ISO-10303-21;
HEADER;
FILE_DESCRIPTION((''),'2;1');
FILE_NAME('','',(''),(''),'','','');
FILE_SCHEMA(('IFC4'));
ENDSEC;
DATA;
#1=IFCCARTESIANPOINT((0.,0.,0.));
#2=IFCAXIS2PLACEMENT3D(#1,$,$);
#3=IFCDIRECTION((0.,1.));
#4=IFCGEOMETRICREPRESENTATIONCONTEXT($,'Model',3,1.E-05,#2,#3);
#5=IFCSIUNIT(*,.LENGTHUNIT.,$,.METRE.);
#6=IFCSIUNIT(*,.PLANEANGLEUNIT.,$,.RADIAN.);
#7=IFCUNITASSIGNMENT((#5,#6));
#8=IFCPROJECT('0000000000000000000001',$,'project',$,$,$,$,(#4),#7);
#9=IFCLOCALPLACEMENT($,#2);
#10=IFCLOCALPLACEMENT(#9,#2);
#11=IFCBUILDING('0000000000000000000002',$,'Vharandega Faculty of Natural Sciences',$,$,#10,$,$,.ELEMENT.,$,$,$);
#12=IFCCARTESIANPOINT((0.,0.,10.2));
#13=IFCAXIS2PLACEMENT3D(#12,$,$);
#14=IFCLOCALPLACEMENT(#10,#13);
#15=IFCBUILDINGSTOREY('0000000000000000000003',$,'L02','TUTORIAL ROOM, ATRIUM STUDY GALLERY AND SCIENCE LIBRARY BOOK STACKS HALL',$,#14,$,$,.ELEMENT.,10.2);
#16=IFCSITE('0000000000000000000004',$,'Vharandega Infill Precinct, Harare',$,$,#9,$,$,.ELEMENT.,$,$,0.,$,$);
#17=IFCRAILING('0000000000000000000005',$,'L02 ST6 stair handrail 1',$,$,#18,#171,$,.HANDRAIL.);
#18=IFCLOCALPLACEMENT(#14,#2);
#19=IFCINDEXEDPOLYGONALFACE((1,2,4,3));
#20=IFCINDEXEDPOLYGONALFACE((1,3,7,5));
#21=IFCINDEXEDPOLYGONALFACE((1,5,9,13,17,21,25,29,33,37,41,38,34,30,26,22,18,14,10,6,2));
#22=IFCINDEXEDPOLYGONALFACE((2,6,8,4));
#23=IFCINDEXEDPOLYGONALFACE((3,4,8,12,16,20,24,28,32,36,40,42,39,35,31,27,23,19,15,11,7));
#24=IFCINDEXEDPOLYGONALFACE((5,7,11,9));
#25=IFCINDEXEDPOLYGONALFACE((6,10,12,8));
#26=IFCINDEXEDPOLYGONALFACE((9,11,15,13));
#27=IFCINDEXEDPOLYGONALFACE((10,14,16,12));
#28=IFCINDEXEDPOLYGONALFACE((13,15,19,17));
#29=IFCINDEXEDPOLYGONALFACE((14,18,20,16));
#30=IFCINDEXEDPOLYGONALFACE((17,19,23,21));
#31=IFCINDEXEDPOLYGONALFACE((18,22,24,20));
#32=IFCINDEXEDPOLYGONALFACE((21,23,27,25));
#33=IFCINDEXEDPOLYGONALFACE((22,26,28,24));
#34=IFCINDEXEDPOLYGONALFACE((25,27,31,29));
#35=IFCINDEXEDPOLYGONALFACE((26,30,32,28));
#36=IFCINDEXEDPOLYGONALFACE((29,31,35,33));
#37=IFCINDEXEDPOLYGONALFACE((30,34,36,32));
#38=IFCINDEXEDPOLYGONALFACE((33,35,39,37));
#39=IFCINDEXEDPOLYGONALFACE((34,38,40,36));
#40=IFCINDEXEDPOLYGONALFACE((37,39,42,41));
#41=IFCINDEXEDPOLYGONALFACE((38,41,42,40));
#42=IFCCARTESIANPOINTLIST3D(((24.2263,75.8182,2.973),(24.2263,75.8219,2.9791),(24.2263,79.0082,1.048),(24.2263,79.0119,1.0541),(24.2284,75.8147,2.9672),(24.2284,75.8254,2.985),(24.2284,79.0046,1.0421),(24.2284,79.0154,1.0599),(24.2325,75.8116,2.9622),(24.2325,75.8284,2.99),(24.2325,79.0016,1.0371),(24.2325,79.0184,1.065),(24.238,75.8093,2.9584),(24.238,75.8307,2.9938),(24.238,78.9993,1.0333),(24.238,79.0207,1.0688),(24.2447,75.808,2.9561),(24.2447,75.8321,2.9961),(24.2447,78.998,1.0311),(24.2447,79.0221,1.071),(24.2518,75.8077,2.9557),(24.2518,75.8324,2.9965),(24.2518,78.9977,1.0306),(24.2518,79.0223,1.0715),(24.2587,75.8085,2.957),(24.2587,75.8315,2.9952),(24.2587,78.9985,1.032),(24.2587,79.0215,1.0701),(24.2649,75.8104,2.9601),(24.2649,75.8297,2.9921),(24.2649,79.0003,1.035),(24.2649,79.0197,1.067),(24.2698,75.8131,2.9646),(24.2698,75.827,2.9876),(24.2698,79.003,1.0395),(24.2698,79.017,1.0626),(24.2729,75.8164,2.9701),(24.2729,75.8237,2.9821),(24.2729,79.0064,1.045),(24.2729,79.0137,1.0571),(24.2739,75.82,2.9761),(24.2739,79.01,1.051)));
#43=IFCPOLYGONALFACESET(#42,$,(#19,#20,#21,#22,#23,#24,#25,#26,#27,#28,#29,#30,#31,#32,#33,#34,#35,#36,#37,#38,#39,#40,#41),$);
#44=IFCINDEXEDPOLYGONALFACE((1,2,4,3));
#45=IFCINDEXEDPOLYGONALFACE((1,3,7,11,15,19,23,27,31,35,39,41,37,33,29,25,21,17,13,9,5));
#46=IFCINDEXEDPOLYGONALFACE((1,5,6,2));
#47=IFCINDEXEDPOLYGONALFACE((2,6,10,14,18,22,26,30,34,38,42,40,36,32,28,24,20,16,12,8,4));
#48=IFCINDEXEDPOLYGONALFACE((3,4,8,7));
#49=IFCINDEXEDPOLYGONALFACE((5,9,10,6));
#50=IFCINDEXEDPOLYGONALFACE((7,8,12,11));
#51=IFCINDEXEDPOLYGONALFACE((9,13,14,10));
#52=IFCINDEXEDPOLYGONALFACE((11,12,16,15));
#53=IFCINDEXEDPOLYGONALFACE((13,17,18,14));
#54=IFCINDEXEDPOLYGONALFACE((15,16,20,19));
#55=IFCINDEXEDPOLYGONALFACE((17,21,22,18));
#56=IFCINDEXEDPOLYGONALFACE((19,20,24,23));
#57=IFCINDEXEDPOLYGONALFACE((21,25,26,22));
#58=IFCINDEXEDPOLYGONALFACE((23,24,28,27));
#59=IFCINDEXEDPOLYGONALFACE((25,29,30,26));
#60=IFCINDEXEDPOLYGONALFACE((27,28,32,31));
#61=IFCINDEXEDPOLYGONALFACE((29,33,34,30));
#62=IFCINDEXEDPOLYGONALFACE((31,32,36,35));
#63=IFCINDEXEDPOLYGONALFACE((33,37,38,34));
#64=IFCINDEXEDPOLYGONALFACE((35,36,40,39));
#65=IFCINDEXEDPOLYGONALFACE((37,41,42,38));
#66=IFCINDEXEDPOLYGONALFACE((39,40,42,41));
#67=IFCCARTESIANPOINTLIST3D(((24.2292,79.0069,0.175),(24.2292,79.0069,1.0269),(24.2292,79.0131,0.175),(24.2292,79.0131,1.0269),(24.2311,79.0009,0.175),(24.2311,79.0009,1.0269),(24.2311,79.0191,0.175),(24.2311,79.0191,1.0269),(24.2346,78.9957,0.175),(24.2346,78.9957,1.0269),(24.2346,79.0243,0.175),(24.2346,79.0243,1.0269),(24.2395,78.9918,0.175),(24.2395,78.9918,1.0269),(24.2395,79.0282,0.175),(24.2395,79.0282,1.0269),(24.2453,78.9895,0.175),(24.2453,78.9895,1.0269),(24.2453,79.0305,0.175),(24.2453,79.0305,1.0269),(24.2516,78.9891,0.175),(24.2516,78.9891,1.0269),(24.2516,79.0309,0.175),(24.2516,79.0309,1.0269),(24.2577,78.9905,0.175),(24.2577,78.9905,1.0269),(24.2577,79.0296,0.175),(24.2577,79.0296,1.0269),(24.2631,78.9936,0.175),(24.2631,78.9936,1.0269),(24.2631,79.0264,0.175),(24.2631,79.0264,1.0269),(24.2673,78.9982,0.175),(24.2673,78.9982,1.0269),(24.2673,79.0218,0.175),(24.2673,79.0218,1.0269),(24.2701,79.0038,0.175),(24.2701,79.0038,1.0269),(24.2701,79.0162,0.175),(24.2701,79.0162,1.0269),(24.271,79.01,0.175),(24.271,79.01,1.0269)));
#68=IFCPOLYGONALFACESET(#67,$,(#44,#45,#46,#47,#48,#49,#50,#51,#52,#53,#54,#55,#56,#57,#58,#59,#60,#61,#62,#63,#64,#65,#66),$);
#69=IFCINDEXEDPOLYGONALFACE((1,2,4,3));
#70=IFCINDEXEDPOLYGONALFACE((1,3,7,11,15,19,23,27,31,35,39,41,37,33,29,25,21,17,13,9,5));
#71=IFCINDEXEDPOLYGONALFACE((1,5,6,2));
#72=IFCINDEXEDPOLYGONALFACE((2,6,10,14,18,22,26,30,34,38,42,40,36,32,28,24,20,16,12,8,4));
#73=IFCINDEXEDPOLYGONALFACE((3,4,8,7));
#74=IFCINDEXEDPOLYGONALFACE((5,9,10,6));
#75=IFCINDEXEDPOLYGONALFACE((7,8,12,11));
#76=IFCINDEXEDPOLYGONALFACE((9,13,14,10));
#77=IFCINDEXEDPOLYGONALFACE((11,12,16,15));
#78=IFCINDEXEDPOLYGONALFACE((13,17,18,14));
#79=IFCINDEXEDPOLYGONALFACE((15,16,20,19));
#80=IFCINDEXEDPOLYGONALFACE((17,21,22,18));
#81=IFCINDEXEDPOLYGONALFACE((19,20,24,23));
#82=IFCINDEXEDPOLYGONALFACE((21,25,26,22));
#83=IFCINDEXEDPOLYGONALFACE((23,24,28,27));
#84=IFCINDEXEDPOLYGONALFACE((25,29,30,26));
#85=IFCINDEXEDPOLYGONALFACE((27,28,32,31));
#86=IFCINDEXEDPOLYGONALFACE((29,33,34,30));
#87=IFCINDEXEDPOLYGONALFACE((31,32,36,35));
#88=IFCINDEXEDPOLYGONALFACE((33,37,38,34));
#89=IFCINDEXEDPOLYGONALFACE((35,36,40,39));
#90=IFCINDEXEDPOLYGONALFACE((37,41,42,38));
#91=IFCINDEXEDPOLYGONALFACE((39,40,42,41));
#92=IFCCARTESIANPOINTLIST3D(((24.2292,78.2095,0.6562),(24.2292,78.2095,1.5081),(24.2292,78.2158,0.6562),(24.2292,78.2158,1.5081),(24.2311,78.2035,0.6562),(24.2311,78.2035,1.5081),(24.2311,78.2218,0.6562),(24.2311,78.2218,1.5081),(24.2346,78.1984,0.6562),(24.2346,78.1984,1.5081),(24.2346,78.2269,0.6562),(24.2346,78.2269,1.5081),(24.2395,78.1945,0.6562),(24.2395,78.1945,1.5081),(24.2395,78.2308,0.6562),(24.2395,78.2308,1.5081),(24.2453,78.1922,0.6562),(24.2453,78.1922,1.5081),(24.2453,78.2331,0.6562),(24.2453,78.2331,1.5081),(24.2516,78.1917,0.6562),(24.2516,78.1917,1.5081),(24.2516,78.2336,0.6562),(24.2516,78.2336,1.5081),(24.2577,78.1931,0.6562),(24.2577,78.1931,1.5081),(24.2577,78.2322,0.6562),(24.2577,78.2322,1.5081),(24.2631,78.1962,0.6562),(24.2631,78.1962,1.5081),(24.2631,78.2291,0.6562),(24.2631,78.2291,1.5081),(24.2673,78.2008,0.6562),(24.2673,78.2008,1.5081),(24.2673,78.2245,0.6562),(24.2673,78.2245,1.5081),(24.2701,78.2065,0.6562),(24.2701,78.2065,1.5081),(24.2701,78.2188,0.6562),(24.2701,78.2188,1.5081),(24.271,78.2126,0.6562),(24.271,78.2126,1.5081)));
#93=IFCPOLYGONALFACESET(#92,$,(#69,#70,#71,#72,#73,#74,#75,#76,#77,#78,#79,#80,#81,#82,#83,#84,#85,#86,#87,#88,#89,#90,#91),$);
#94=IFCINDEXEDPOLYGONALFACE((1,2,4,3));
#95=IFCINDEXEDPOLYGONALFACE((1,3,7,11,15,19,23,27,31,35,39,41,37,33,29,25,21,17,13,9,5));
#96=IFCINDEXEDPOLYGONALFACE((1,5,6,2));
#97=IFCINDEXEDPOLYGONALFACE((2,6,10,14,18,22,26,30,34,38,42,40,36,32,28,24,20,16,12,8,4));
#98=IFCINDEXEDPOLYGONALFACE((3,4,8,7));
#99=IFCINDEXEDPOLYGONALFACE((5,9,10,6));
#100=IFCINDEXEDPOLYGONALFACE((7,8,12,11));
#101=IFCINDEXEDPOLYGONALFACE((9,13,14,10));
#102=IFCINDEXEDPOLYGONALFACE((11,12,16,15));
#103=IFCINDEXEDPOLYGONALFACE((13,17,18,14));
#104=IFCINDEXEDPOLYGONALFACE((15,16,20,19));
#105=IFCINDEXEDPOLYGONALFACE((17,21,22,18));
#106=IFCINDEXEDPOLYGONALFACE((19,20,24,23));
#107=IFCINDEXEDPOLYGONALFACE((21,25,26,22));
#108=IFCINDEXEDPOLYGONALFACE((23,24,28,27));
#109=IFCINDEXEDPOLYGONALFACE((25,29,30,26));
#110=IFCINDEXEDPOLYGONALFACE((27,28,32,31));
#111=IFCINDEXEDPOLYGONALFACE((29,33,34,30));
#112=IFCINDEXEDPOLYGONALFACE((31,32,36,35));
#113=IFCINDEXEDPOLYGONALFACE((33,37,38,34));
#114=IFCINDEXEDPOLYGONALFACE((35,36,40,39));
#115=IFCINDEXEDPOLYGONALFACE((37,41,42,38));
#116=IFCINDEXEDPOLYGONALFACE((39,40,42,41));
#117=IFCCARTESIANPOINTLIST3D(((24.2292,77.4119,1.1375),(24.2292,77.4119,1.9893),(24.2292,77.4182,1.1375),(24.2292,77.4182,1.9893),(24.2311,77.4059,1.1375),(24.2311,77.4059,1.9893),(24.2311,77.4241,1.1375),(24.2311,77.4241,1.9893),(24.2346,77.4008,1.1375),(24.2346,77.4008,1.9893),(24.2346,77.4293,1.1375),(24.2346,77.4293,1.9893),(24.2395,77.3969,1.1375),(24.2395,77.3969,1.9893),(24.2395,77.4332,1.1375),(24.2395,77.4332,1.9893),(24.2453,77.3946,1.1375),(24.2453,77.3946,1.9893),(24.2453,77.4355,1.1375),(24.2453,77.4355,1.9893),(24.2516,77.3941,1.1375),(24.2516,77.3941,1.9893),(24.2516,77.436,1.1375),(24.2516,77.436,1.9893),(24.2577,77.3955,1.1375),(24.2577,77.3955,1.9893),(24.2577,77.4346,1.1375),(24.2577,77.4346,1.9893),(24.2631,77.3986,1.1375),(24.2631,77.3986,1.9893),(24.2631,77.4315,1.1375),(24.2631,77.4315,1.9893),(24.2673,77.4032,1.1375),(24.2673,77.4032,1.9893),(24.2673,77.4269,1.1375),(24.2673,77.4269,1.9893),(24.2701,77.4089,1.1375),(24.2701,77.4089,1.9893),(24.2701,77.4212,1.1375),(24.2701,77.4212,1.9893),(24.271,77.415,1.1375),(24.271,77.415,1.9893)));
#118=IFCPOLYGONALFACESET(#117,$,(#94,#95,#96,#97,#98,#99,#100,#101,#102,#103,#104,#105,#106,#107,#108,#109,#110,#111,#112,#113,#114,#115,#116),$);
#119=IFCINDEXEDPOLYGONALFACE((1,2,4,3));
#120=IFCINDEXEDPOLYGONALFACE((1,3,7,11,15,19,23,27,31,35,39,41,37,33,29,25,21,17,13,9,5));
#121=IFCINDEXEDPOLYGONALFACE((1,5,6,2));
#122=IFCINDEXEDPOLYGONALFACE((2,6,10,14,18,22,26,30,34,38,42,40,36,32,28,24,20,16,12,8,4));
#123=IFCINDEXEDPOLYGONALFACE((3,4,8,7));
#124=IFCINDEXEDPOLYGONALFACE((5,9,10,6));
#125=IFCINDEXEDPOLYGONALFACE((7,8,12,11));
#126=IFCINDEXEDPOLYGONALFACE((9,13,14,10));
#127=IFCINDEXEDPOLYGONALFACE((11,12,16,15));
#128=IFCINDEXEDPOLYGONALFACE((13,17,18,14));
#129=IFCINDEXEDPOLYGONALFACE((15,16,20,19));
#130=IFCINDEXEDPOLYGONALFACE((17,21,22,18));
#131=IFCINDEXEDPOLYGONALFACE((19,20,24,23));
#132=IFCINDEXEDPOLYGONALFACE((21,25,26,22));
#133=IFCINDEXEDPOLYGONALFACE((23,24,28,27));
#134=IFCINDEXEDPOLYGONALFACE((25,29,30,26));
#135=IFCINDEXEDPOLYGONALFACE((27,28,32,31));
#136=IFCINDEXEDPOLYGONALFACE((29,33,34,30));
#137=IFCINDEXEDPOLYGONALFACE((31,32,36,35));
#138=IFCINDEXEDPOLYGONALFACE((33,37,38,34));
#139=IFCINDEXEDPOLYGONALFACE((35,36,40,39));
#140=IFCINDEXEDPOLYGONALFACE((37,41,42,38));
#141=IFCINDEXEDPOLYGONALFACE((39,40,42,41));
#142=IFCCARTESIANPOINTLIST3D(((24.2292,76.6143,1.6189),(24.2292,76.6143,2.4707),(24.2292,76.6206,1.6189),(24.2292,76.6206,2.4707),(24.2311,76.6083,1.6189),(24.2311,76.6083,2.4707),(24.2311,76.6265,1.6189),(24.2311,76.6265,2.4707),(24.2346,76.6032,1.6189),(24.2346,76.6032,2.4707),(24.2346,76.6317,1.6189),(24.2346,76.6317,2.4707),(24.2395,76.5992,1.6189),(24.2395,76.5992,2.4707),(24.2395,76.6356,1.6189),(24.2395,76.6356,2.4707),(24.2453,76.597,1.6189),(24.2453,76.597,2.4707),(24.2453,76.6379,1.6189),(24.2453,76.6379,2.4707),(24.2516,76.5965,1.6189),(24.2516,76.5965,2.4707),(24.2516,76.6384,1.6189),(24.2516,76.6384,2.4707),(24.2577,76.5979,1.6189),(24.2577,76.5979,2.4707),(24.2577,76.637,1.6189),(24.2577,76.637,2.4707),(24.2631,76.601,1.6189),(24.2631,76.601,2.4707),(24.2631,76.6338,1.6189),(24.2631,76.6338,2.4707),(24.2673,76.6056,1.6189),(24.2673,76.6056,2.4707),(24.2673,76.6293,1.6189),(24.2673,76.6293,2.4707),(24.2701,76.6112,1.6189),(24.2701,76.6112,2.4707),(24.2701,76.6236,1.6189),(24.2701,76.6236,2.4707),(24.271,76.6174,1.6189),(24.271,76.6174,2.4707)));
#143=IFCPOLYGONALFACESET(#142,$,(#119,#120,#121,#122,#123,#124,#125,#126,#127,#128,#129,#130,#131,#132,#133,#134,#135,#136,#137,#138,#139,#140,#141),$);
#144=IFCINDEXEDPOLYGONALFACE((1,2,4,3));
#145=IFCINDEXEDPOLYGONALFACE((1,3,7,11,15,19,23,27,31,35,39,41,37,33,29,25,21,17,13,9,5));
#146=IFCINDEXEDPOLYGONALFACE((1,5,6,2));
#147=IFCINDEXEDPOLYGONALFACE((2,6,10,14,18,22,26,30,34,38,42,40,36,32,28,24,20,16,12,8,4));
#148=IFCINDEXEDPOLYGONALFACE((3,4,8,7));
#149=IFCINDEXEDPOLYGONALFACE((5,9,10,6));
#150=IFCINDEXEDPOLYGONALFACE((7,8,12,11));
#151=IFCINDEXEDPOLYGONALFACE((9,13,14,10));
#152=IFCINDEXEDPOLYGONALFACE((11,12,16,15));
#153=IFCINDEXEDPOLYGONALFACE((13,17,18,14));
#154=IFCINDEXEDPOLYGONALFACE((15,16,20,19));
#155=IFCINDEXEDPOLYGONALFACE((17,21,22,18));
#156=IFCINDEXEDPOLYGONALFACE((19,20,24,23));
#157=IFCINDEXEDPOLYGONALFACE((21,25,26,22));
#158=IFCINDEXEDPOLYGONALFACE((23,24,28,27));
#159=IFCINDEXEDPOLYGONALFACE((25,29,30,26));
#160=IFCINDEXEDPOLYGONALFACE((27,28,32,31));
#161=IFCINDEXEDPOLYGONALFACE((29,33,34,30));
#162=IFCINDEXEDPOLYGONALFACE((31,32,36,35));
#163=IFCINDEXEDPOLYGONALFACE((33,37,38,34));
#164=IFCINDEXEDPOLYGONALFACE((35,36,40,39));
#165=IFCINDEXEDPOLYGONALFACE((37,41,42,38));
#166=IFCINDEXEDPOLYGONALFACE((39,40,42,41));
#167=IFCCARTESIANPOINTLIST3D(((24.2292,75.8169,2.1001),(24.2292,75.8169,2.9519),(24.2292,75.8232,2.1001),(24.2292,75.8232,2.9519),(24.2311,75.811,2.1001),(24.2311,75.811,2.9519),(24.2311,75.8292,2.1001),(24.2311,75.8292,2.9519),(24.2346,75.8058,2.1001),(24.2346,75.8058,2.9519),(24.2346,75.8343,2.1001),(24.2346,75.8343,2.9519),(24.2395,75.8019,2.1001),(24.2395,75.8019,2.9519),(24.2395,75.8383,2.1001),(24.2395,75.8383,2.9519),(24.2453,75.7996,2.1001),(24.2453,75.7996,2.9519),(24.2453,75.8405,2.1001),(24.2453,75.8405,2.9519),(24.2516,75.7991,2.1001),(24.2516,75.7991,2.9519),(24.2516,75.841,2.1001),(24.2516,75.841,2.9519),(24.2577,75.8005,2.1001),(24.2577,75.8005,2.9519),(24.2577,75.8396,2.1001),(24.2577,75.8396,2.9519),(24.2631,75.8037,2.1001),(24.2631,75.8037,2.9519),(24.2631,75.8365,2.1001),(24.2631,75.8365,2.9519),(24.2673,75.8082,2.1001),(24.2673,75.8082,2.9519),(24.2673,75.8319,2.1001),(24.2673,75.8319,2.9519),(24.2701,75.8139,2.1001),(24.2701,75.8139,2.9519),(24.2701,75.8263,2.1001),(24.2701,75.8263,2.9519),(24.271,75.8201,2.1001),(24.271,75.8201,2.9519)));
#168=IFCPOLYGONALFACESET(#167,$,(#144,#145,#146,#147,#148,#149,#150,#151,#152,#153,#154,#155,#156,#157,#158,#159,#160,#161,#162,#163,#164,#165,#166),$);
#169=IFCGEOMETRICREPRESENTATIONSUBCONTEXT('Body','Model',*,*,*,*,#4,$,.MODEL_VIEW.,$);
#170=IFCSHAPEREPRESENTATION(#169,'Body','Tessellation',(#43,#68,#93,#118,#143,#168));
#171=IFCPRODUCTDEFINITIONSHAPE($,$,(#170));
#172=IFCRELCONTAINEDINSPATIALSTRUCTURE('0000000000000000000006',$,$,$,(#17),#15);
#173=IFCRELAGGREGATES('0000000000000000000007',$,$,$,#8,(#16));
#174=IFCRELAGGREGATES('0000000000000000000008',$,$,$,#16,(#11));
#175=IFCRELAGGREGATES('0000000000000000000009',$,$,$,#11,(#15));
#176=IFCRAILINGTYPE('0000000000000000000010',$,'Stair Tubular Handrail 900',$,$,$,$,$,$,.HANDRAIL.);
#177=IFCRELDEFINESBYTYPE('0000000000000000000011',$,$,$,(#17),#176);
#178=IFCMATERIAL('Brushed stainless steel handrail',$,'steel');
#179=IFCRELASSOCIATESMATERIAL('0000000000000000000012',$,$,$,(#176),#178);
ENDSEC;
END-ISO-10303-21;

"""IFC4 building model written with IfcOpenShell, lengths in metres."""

from ifc_helpers import new_model, si_unit, direction, frame, origin, origin_2d, place, context, subcontext, project, spatial, circle, extrude, material, type_object, element, save


model = new_model("IFC4")

# Units and contexts
model_context = context("Model", 3, precision=1e-05, world=origin(), true_north=direction((0.0, 1.0)))
body_context = subcontext(model_context, "Body", "Model", "MODEL_VIEW")
ifc_project = project(units=[si_unit("LENGTHUNIT", "METRE"), si_unit("PLANEANGLEUNIT", "RADIAN")], contexts=[model_context])

# Site, building, storey
site_placement = place(None, origin())
site = spatial("IfcSite", under=ifc_project, at=site_placement, Name="Vharandega Infill Precinct, Harare", CompositionType="ELEMENT", RefElevation=0.0)
building_placement = place(site_placement, origin())
building = spatial("IfcBuilding", under=site, at=building_placement, Name="Vharandega Faculty of Natural Sciences", CompositionType="ELEMENT")
storey_placement = place(building_placement, frame((0.0, 0.0, 10.2)))
storey = spatial("IfcBuildingStorey", under=building, at=storey_placement, Name="L02", Description="TUTORIAL ROOM, ATRIUM STUDY GALLERY AND SCIENCE LIBRARY BOOK STACKS HALL", CompositionType="ELEMENT", Elevation=10.2)

# Railing
ifc_material_1 = material(Name="Brushed stainless steel handrail", Category="steel")
railing_type_1 = type_object("IfcRailingType", Name="Stair Tubular Handrail 900", PredefinedType="HANDRAIL", material=ifc_material_1)
railing_1_placement = place(storey_placement, frame((24.25, 79.01, 0.175)))
element("IfcRailing", 1, at=railing_1_placement, inside=storey, type_object=railing_type_1, Name="L02 ST6 stair handrail 1", PredefinedType="HANDRAIL", context=body_context, shape_type="SweptSolid", body=[
    extrude(circle(Radius=0.0239, at=origin_2d()), frame((0.0, 0.0, 0.876), z_axis=(0.0, -0.856178, 0.516682), x_axis=(1.0, 0.0, 0.0)), (0.0, 0.0, 1.0), 3.7258),
    extrude(circle(Radius=0.021, at=origin_2d()), origin(), (0.0, 0.0, 1.0), 0.8518),
    extrude(circle(Radius=0.021, at=origin_2d()), frame((0.0, -0.7974, 0.4812)), (0.0, 0.0, 1.0), 0.8518),
    extrude(circle(Radius=0.021, at=origin_2d()), frame((0.0, -1.595, 0.9624)), (0.0, 0.0, 1.0), 0.8518),
    extrude(circle(Radius=0.021, at=origin_2d()), frame((0.0, -2.3926, 1.4438)), (0.0, 0.0, 1.0), 0.8518),
    extrude(circle(Radius=0.021, at=origin_2d()), frame((0.0, -3.1899, 1.925)), (0.0, 0.0, 1.0), 0.8518),
])

save(model, "model.ifc")
